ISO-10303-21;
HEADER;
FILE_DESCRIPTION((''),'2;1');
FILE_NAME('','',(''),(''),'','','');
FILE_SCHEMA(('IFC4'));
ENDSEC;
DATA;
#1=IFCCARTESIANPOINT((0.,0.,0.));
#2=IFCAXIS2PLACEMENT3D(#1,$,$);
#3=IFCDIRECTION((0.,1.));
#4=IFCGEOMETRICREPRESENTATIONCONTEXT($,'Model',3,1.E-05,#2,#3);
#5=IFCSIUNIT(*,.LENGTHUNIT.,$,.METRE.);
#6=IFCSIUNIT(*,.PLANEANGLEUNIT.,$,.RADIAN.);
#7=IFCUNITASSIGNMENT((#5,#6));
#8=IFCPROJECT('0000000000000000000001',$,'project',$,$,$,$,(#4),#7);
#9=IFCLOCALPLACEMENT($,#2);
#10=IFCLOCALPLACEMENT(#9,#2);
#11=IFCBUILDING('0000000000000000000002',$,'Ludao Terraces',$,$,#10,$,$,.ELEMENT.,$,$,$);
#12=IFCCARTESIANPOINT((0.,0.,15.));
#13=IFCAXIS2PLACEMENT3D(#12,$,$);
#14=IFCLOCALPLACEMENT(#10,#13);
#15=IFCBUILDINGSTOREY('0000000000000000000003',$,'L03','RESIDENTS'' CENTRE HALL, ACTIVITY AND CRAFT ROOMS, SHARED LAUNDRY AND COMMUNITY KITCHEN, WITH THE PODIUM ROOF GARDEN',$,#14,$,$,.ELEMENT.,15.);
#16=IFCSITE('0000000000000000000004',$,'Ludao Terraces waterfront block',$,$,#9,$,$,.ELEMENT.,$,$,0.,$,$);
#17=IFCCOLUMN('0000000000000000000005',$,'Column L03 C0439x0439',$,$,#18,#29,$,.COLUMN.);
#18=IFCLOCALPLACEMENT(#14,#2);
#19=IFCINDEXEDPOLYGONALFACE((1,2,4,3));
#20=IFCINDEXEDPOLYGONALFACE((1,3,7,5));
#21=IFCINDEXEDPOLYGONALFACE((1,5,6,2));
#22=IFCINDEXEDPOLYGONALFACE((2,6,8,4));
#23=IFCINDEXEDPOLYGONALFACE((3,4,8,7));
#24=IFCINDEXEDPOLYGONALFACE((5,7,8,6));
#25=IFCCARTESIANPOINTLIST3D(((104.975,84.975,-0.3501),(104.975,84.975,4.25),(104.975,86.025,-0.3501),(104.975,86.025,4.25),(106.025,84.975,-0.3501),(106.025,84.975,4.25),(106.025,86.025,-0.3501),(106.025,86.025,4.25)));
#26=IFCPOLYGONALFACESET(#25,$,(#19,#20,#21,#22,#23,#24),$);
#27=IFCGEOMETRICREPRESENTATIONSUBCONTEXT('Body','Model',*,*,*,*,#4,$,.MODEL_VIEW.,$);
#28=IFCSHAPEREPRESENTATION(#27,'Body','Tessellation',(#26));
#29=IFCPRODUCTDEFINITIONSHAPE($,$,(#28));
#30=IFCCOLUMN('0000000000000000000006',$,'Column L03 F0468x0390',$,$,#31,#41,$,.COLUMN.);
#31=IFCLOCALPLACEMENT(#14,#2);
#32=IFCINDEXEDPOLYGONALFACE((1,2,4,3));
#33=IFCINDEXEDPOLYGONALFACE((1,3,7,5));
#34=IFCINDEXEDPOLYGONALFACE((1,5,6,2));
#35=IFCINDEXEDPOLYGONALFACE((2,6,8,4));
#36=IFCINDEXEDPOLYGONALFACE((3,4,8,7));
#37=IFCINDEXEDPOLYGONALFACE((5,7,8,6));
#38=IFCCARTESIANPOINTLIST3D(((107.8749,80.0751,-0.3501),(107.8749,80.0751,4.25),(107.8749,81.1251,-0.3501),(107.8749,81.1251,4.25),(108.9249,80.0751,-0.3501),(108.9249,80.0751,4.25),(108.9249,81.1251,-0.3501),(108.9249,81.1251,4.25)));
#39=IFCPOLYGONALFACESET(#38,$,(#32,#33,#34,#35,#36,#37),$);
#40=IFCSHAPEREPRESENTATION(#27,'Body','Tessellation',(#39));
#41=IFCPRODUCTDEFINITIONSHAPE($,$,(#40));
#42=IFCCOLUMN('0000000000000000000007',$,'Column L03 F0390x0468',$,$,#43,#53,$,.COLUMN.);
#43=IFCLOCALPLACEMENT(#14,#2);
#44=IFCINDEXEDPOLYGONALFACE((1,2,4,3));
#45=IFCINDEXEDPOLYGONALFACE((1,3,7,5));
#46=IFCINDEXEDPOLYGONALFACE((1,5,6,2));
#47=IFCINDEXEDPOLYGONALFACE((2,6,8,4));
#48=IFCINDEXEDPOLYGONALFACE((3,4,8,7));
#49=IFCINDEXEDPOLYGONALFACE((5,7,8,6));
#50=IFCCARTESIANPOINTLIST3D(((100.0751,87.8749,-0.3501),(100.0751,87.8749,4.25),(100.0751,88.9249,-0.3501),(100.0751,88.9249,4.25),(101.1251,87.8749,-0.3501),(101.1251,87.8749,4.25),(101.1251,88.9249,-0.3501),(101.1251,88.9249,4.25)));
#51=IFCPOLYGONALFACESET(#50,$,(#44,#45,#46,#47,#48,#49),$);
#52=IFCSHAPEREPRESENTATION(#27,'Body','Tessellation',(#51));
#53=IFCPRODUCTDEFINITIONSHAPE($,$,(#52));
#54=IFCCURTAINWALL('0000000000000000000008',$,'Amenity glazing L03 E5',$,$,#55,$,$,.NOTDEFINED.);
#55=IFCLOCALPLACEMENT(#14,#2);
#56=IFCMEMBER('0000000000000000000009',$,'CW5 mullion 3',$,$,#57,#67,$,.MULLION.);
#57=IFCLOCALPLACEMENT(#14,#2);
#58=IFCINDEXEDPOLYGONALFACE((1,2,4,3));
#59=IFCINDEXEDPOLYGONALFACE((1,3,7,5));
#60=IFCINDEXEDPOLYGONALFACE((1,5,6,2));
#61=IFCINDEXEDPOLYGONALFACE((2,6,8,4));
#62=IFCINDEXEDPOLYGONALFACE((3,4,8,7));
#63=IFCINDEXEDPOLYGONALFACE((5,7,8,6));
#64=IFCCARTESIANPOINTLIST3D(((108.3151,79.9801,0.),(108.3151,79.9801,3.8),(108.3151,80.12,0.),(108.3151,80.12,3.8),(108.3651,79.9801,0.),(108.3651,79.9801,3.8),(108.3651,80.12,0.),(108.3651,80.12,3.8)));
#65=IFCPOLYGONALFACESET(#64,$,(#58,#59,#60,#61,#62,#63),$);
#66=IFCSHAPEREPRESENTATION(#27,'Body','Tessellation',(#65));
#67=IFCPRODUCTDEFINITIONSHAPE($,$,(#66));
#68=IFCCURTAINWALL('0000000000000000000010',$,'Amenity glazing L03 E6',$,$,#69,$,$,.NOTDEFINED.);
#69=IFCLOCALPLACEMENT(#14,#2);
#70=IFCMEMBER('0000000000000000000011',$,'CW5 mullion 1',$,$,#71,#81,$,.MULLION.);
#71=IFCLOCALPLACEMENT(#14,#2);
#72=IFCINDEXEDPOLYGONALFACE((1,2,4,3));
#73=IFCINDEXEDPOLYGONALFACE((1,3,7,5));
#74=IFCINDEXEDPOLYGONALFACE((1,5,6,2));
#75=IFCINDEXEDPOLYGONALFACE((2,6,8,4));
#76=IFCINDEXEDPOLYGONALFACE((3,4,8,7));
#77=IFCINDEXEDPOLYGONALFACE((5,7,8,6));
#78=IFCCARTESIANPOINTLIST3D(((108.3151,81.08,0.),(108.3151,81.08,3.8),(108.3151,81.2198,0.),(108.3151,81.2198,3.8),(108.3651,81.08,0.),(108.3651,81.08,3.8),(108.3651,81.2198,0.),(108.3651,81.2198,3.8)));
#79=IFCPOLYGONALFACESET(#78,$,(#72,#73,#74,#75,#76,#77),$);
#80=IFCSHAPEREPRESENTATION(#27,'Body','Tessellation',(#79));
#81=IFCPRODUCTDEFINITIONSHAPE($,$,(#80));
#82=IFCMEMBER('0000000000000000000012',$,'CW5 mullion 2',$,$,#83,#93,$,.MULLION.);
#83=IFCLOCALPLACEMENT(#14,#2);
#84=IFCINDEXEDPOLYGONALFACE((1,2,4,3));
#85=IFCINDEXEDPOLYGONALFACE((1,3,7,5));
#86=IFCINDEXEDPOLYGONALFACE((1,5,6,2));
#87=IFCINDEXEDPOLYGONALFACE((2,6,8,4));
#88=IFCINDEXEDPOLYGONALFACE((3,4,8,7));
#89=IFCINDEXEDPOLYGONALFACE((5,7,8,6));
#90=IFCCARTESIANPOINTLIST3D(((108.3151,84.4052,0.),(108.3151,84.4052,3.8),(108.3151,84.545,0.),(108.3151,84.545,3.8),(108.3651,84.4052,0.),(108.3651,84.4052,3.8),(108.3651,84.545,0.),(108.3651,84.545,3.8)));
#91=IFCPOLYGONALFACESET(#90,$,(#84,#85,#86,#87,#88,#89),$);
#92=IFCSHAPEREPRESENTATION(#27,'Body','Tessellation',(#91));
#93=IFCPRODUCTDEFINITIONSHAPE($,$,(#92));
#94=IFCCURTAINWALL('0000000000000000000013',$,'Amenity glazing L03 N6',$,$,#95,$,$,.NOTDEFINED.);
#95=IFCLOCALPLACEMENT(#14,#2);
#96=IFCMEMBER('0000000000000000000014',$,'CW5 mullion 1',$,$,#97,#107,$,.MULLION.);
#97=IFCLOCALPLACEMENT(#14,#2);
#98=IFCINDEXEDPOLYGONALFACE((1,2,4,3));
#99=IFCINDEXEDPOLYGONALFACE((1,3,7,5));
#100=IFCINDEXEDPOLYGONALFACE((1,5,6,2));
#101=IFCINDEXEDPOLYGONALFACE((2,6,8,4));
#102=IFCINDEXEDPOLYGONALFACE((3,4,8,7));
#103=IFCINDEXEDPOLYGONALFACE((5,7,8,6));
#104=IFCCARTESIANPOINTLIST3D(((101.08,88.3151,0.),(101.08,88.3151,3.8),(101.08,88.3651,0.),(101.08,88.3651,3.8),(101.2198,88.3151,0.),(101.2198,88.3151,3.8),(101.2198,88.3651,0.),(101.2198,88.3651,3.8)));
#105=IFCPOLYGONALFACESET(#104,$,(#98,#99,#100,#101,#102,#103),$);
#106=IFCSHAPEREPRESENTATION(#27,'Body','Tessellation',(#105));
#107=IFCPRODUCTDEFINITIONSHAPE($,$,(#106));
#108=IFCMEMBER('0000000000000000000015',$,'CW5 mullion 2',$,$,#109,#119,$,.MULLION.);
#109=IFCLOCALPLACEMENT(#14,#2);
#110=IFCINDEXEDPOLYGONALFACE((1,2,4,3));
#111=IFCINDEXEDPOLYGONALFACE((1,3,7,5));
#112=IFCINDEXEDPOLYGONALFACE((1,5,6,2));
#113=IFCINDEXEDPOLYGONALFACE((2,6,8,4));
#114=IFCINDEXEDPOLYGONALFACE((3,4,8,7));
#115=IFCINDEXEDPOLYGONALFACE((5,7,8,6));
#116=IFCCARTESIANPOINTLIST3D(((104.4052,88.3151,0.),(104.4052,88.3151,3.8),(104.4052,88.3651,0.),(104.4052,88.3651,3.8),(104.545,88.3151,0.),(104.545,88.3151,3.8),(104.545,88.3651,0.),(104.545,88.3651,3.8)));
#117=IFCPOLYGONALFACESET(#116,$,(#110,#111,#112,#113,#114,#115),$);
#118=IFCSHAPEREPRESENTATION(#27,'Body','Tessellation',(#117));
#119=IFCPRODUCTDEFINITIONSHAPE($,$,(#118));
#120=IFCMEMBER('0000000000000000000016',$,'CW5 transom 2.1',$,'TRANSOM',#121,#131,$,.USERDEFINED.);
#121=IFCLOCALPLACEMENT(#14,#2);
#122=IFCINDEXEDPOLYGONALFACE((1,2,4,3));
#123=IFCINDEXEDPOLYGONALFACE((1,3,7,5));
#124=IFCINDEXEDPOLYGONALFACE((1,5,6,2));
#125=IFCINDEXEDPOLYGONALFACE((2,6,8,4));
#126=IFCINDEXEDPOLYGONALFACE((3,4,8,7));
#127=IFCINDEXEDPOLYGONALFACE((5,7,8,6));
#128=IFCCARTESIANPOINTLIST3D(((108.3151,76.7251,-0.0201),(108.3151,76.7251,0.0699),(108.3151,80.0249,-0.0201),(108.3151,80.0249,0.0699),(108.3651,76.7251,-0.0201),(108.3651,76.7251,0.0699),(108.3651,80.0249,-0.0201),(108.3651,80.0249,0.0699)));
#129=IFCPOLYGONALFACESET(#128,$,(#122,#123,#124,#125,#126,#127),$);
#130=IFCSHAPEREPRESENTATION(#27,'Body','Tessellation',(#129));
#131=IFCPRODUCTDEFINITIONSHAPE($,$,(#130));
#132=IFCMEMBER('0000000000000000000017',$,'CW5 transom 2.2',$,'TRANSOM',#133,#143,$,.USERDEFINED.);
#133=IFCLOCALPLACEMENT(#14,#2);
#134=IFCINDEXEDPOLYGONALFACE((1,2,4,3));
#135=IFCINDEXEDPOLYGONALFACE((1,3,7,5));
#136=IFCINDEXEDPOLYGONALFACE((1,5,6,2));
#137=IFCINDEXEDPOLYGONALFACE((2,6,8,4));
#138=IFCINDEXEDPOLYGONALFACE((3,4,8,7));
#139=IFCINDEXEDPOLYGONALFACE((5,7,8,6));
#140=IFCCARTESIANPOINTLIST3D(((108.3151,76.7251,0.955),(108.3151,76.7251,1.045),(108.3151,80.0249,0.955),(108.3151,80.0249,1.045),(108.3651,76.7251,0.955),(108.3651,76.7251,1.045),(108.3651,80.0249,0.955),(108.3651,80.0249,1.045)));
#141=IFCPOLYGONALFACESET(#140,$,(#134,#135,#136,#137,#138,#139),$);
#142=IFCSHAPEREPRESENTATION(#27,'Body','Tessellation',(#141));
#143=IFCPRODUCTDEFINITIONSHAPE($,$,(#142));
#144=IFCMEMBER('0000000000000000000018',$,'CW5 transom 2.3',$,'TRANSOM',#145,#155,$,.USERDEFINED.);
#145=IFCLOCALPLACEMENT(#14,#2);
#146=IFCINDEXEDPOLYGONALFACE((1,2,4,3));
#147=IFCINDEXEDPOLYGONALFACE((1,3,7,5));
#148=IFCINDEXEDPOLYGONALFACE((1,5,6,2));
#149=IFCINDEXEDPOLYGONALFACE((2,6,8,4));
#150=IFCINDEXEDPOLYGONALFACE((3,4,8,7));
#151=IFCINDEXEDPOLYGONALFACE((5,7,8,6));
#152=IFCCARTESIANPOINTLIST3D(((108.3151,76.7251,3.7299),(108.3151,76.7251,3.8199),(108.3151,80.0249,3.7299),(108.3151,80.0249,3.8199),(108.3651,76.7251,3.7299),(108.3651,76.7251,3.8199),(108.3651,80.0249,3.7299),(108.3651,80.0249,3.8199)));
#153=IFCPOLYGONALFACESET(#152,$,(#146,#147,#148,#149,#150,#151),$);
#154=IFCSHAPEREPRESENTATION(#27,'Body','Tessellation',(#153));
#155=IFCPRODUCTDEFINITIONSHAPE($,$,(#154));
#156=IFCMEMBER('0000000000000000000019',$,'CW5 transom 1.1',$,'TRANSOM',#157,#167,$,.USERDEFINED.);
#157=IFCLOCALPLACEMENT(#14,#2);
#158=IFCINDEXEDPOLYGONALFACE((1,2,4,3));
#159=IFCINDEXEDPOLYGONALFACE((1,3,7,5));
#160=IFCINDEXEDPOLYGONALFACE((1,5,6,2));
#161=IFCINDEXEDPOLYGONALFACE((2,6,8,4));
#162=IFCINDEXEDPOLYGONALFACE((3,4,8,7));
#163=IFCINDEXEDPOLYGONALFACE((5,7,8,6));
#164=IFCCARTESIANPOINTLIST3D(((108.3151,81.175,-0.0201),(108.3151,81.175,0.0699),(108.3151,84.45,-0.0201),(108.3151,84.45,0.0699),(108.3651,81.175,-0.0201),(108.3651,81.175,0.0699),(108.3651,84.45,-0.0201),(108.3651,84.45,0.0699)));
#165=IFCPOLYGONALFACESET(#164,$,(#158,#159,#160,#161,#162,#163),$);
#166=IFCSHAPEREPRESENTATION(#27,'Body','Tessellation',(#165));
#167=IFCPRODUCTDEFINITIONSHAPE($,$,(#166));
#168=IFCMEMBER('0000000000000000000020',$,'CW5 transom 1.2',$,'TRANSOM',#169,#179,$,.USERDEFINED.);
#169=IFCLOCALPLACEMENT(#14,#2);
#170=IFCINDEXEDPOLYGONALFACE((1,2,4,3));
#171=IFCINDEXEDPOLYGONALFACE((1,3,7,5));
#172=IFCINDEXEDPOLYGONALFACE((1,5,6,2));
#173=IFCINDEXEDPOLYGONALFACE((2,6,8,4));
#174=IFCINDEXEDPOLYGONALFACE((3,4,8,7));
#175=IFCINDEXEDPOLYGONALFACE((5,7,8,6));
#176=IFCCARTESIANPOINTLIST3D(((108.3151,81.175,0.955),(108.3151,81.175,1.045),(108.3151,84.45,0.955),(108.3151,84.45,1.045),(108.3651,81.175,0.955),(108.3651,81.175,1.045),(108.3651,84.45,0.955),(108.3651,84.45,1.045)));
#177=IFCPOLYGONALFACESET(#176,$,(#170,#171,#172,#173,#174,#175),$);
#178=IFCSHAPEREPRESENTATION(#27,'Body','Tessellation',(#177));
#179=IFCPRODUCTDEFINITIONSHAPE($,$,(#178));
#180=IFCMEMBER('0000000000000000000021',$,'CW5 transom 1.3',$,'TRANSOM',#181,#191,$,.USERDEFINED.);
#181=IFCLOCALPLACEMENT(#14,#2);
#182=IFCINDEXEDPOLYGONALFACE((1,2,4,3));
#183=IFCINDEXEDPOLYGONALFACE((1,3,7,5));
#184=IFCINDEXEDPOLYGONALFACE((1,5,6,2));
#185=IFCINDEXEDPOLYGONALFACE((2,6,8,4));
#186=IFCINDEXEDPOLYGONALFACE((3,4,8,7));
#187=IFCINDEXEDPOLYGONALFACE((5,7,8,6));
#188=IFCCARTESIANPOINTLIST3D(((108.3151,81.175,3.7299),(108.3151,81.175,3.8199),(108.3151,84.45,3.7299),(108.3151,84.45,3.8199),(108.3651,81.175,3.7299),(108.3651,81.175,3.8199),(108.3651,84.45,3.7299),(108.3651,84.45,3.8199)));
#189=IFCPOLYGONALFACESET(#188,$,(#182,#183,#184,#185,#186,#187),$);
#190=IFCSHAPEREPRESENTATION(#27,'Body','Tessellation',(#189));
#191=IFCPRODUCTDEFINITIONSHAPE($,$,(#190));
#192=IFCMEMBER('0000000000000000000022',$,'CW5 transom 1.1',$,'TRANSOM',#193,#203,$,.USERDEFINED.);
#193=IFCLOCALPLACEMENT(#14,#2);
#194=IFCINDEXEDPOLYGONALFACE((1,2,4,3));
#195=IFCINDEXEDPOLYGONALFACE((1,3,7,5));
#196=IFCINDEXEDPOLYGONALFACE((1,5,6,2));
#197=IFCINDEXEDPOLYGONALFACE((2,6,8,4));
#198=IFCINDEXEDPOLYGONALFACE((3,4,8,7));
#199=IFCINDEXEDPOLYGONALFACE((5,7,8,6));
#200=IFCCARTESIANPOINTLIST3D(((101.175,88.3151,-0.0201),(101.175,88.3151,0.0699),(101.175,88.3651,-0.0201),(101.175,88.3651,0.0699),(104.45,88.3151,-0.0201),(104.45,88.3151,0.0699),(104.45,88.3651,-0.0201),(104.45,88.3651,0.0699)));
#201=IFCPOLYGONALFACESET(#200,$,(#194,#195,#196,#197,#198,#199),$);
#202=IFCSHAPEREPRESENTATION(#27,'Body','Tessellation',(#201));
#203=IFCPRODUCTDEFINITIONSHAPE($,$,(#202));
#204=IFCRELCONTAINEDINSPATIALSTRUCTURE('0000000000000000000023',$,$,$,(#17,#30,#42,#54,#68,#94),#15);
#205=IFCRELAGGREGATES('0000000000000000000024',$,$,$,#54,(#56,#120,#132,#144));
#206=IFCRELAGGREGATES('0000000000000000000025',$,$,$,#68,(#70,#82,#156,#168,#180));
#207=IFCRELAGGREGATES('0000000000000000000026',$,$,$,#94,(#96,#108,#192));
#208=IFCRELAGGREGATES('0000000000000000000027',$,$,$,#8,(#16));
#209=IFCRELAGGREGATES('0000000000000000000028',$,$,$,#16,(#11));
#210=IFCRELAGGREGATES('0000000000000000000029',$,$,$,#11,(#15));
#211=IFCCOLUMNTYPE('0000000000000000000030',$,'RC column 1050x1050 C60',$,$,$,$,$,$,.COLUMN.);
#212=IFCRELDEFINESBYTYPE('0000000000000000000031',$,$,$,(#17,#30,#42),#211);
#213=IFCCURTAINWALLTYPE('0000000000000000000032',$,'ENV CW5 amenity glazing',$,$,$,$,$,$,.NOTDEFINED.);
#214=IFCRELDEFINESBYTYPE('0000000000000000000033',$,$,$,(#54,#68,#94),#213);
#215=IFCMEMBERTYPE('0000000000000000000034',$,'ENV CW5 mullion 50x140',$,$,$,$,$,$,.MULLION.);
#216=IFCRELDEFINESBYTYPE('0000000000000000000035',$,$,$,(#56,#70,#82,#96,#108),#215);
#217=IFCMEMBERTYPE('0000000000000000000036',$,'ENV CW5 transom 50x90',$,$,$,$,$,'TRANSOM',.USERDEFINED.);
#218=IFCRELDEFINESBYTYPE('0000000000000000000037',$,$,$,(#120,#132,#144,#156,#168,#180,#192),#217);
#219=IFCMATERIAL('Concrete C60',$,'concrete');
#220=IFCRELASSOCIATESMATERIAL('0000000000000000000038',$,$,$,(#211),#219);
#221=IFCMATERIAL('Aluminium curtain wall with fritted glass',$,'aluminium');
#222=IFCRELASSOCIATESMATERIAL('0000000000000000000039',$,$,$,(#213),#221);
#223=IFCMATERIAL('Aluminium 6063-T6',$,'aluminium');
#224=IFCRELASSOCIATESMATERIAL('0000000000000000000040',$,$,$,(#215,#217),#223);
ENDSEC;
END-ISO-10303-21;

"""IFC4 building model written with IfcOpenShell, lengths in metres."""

from ifc_helpers import new_model, si_unit, direction, frame, origin, origin_2d, place, context, subcontext, project, spatial, rectangle, extrude, material, material_profile, profile_set, type_object, element, aggregate, save


model = new_model("IFC4")

# Units and contexts
model_context = context("Model", 3, precision=1e-05, world=origin(), true_north=direction((0.0, 1.0)))
body_context = subcontext(model_context, "Body", "Model", "MODEL_VIEW")
ifc_project = project(units=[si_unit("LENGTHUNIT", "METRE"), si_unit("PLANEANGLEUNIT", "RADIAN")], contexts=[model_context])

# Site, building, storey
site_placement = place(None, origin())
site = spatial("IfcSite", under=ifc_project, at=site_placement, Name="Ludao Terraces waterfront block", CompositionType="ELEMENT", RefElevation=0.0)
building_placement = place(site_placement, origin())
building = spatial("IfcBuilding", under=site, at=building_placement, Name="Ludao Terraces", CompositionType="ELEMENT")
storey_placement = place(building_placement, frame((0.0, 0.0, 15.0)))
storey = spatial("IfcBuildingStorey", under=building, at=storey_placement, Name="L03", Description="RESIDENTS' CENTRE HALL, ACTIVITY AND CRAFT ROOMS, SHARED LAUNDRY AND COMMUNITY KITCHEN, WITH THE PODIUM ROOF GARDEN", CompositionType="ELEMENT", Elevation=15.0)

# Columns
ifc_material_1 = material(Name="Concrete C60", Category="concrete")
ifc_material_profile_1 = material_profile(ifc_material_1, rectangle(XDim=1.05, YDim=1.05, at=origin_2d()), Name="1050 X 1050")
ifc_profile_set_1 = profile_set([ifc_material_profile_1], Name="Concrete C60")
column_type = type_object("IfcColumnType", Name="RC column 1050x1050 C60", PredefinedType="COLUMN", material=ifc_profile_set_1)
for number, where, z_axis, x_axis, name in (
    (1, (105.5, 85.5, -0.3501), (0.0, 0.0, 1.0), (1.0, 0.0, 0.0), "Column L03 C0439x0439"),
    (2, (108.3999, 80.6001, -0.3501), (0.0, 0.0, 1.0), (1.0, 0.0, 0.0), "Column L03 F0468x0390"),
    (3, (100.6001, 88.3999, -0.3501), (0.0, 0.0, 1.0), (1.0, 0.0, 0.0), "Column L03 F0390x0468"),
):
    element("IfcColumn", number, at=place(storey_placement, frame(where, z_axis=z_axis, x_axis=x_axis)), inside=storey, type_object=column_type, Name=name, PredefinedType="COLUMN", context=body_context, shape_type="SweptSolid", body=[
        extrude(rectangle(XDim=1.05, YDim=1.05, at=origin_2d()), origin(), (0.0, 0.0, 1.0), 4.6001),
    ])

# Curtain wall, member
ifc_material_2 = material(Name="Aluminium curtain wall with fritted glass", Category="aluminium")
curtain_wall_type = type_object("IfcCurtainWallType", Name="ENV CW5 amenity glazing", PredefinedType="NOTDEFINED", material=ifc_material_2)
curtain_wall_1_placement = place(storey_placement, origin())
curtain_wall_1 = element("IfcCurtainWall", 4, at=curtain_wall_1_placement, inside=storey, type_object=curtain_wall_type, Name="Amenity glazing L03 E5", PredefinedType="NOTDEFINED")
ifc_material_3 = material(Name="Aluminium 6063-T6", Category="aluminium")
ifc_material_profile_2 = material_profile(ifc_material_3, rectangle(XDim=0.05, YDim=0.1399, at=origin_2d()), Name="50 X 140")
ifc_profile_set_2 = profile_set([ifc_material_profile_2], Name="Aluminium 6063-T6")
member_type_1 = type_object("IfcMemberType", Name="ENV CW5 mullion 50x140", PredefinedType="MULLION", material=ifc_profile_set_2)
member_1_placement = place(storey_placement, frame((108.3401, 80.05, 0.0), z_axis=(0.0, 0.0, 1.0), x_axis=(-1.0, 0.0, 0.0)))
member_1 = element("IfcMember", 5, at=member_1_placement, type_object=member_type_1, Name="CW5 mullion 3", PredefinedType="MULLION", context=body_context, shape_type="SweptSolid", body=[
    extrude(rectangle(XDim=0.05, YDim=0.1399, at=origin_2d()), origin(), (0.0, 0.0, 1.0), 3.8),
])

# Curtain walls, members
curtain_wall_2_placement = place(storey_placement, origin())
curtain_wall_2 = element("IfcCurtainWall", 6, at=curtain_wall_2_placement, inside=storey, type_object=curtain_wall_type, Name="Amenity glazing L03 E6", PredefinedType="NOTDEFINED")
member_2_placement = place(storey_placement, frame((108.3401, 81.1499, 0.0), z_axis=(0.0, 0.0, 1.0), x_axis=(-1.0, 0.0, 0.0)))
member_2 = element("IfcMember", 7, at=member_2_placement, type_object=member_type_1, Name="CW5 mullion 1", PredefinedType="MULLION", context=body_context, shape_type="SweptSolid", body=[
    extrude(rectangle(XDim=0.05, YDim=0.1399, at=origin_2d()), origin(), (0.0, 0.0, 1.0), 3.8),
])
member_3_placement = place(storey_placement, frame((108.3401, 84.4751, 0.0), z_axis=(0.0, 0.0, 1.0), x_axis=(-1.0, 0.0, 0.0)))
member_3 = element("IfcMember", 8, at=member_3_placement, type_object=member_type_1, Name="CW5 mullion 2", PredefinedType="MULLION", context=body_context, shape_type="SweptSolid", body=[
    extrude(rectangle(XDim=0.05, YDim=0.1399, at=origin_2d()), origin(), (0.0, 0.0, 1.0), 3.8),
])
curtain_wall_3_placement = place(storey_placement, origin())
curtain_wall_3 = element("IfcCurtainWall", 9, at=curtain_wall_3_placement, inside=storey, type_object=curtain_wall_type, Name="Amenity glazing L03 N6", PredefinedType="NOTDEFINED")
member_4_placement = place(storey_placement, frame((101.1499, 88.3401, 0.0), z_axis=(0.0, 0.0, 1.0), x_axis=(0.0, 1.0, 0.0)))
member_4 = element("IfcMember", 10, at=member_4_placement, type_object=member_type_1, Name="CW5 mullion 1", PredefinedType="MULLION", context=body_context, shape_type="SweptSolid", body=[
    extrude(rectangle(XDim=0.05, YDim=0.1399, at=origin_2d()), origin(), (0.0, 0.0, 1.0), 3.8),
])
member_5_placement = place(storey_placement, frame((104.4751, 88.3401, 0.0), z_axis=(0.0, 0.0, 1.0), x_axis=(0.0, 1.0, 0.0)))
member_5 = element("IfcMember", 11, at=member_5_placement, type_object=member_type_1, Name="CW5 mullion 2", PredefinedType="MULLION", context=body_context, shape_type="SweptSolid", body=[
    extrude(rectangle(XDim=0.05, YDim=0.1399, at=origin_2d()), origin(), (0.0, 0.0, 1.0), 3.8),
])

# Members
ifc_material_profile_3 = material_profile(ifc_material_3, rectangle(XDim=0.05, YDim=0.0901, at=origin_2d()), Name="50 X 90")
ifc_profile_set_3 = profile_set([ifc_material_profile_3], Name="Aluminium 6063-T6")
member_type_2 = type_object("IfcMemberType", Name="ENV CW5 transom 50x90", ElementType="TRANSOM", PredefinedType="USERDEFINED", material=ifc_profile_set_3)
member_6_placement = place(storey_placement, frame((108.3401, 76.7251, 0.0249), z_axis=(0.0, 1.0, 0.0), x_axis=(-1.0, 0.0, 0.0)))
member_6 = element("IfcMember", 12, at=member_6_placement, type_object=member_type_2, Name="CW5 transom 2.1", ObjectType="TRANSOM", PredefinedType="USERDEFINED", context=body_context, shape_type="SweptSolid", body=[
    extrude(rectangle(XDim=0.05, YDim=0.0901, at=origin_2d()), origin(), (0.0, 0.0, 1.0), 3.2998),
])
member_7_placement = place(storey_placement, frame((108.3401, 76.7251, 1.0), z_axis=(0.0, 1.0, 0.0), x_axis=(-1.0, 0.0, 0.0)))
member_7 = element("IfcMember", 13, at=member_7_placement, type_object=member_type_2, Name="CW5 transom 2.2", ObjectType="TRANSOM", PredefinedType="USERDEFINED", context=body_context, shape_type="SweptSolid", body=[
    extrude(rectangle(XDim=0.05, YDim=0.0901, at=origin_2d()), origin(), (0.0, 0.0, 1.0), 3.2998),
])
member_8_placement = place(storey_placement, frame((108.3401, 76.7251, 3.7749), z_axis=(0.0, 1.0, 0.0), x_axis=(-1.0, 0.0, 0.0)))
member_8 = element("IfcMember", 14, at=member_8_placement, type_object=member_type_2, Name="CW5 transom 2.3", ObjectType="TRANSOM", PredefinedType="USERDEFINED", context=body_context, shape_type="SweptSolid", body=[
    extrude(rectangle(XDim=0.05, YDim=0.0901, at=origin_2d()), origin(), (0.0, 0.0, 1.0), 3.2998),
])
member_9_placement = place(storey_placement, frame((108.3401, 81.175, 0.0249), z_axis=(0.0, 1.0, 0.0), x_axis=(-1.0, 0.0, 0.0)))
member_9 = element("IfcMember", 15, at=member_9_placement, type_object=member_type_2, Name="CW5 transom 1.1", ObjectType="TRANSOM", PredefinedType="USERDEFINED", context=body_context, shape_type="SweptSolid", body=[
    extrude(rectangle(XDim=0.05, YDim=0.0901, at=origin_2d()), origin(), (0.0, 0.0, 1.0), 3.2749),
])
member_10_placement = place(storey_placement, frame((108.3401, 81.175, 1.0), z_axis=(0.0, 1.0, 0.0), x_axis=(-1.0, 0.0, 0.0)))
member_10 = element("IfcMember", 16, at=member_10_placement, type_object=member_type_2, Name="CW5 transom 1.2", ObjectType="TRANSOM", PredefinedType="USERDEFINED", context=body_context, shape_type="SweptSolid", body=[
    extrude(rectangle(XDim=0.05, YDim=0.0901, at=origin_2d()), origin(), (0.0, 0.0, 1.0), 3.2749),
])
member_11_placement = place(storey_placement, frame((108.3401, 81.175, 3.7749), z_axis=(0.0, 1.0, 0.0), x_axis=(-1.0, 0.0, 0.0)))
member_11 = element("IfcMember", 17, at=member_11_placement, type_object=member_type_2, Name="CW5 transom 1.3", ObjectType="TRANSOM", PredefinedType="USERDEFINED", context=body_context, shape_type="SweptSolid", body=[
    extrude(rectangle(XDim=0.05, YDim=0.0901, at=origin_2d()), origin(), (0.0, 0.0, 1.0), 3.2749),
])
member_12_placement = place(storey_placement, frame((101.175, 88.3401, 0.0249), z_axis=(1.0, 0.0, 0.0), x_axis=(0.0, 1.0, 0.0)))
member_12 = element("IfcMember", 18, at=member_12_placement, type_object=member_type_2, Name="CW5 transom 1.1", ObjectType="TRANSOM", PredefinedType="USERDEFINED", context=body_context, shape_type="SweptSolid", body=[
    extrude(rectangle(XDim=0.05, YDim=0.0901, at=origin_2d()), origin(), (0.0, 0.0, 1.0), 3.2749),
])

aggregate(curtain_wall_1, [member_1, member_6, member_7, member_8])
aggregate(curtain_wall_2, [member_2, member_3, member_9, member_10, member_11])
aggregate(curtain_wall_3, [member_4, member_5, member_12])

save(model, "model.ifc")
